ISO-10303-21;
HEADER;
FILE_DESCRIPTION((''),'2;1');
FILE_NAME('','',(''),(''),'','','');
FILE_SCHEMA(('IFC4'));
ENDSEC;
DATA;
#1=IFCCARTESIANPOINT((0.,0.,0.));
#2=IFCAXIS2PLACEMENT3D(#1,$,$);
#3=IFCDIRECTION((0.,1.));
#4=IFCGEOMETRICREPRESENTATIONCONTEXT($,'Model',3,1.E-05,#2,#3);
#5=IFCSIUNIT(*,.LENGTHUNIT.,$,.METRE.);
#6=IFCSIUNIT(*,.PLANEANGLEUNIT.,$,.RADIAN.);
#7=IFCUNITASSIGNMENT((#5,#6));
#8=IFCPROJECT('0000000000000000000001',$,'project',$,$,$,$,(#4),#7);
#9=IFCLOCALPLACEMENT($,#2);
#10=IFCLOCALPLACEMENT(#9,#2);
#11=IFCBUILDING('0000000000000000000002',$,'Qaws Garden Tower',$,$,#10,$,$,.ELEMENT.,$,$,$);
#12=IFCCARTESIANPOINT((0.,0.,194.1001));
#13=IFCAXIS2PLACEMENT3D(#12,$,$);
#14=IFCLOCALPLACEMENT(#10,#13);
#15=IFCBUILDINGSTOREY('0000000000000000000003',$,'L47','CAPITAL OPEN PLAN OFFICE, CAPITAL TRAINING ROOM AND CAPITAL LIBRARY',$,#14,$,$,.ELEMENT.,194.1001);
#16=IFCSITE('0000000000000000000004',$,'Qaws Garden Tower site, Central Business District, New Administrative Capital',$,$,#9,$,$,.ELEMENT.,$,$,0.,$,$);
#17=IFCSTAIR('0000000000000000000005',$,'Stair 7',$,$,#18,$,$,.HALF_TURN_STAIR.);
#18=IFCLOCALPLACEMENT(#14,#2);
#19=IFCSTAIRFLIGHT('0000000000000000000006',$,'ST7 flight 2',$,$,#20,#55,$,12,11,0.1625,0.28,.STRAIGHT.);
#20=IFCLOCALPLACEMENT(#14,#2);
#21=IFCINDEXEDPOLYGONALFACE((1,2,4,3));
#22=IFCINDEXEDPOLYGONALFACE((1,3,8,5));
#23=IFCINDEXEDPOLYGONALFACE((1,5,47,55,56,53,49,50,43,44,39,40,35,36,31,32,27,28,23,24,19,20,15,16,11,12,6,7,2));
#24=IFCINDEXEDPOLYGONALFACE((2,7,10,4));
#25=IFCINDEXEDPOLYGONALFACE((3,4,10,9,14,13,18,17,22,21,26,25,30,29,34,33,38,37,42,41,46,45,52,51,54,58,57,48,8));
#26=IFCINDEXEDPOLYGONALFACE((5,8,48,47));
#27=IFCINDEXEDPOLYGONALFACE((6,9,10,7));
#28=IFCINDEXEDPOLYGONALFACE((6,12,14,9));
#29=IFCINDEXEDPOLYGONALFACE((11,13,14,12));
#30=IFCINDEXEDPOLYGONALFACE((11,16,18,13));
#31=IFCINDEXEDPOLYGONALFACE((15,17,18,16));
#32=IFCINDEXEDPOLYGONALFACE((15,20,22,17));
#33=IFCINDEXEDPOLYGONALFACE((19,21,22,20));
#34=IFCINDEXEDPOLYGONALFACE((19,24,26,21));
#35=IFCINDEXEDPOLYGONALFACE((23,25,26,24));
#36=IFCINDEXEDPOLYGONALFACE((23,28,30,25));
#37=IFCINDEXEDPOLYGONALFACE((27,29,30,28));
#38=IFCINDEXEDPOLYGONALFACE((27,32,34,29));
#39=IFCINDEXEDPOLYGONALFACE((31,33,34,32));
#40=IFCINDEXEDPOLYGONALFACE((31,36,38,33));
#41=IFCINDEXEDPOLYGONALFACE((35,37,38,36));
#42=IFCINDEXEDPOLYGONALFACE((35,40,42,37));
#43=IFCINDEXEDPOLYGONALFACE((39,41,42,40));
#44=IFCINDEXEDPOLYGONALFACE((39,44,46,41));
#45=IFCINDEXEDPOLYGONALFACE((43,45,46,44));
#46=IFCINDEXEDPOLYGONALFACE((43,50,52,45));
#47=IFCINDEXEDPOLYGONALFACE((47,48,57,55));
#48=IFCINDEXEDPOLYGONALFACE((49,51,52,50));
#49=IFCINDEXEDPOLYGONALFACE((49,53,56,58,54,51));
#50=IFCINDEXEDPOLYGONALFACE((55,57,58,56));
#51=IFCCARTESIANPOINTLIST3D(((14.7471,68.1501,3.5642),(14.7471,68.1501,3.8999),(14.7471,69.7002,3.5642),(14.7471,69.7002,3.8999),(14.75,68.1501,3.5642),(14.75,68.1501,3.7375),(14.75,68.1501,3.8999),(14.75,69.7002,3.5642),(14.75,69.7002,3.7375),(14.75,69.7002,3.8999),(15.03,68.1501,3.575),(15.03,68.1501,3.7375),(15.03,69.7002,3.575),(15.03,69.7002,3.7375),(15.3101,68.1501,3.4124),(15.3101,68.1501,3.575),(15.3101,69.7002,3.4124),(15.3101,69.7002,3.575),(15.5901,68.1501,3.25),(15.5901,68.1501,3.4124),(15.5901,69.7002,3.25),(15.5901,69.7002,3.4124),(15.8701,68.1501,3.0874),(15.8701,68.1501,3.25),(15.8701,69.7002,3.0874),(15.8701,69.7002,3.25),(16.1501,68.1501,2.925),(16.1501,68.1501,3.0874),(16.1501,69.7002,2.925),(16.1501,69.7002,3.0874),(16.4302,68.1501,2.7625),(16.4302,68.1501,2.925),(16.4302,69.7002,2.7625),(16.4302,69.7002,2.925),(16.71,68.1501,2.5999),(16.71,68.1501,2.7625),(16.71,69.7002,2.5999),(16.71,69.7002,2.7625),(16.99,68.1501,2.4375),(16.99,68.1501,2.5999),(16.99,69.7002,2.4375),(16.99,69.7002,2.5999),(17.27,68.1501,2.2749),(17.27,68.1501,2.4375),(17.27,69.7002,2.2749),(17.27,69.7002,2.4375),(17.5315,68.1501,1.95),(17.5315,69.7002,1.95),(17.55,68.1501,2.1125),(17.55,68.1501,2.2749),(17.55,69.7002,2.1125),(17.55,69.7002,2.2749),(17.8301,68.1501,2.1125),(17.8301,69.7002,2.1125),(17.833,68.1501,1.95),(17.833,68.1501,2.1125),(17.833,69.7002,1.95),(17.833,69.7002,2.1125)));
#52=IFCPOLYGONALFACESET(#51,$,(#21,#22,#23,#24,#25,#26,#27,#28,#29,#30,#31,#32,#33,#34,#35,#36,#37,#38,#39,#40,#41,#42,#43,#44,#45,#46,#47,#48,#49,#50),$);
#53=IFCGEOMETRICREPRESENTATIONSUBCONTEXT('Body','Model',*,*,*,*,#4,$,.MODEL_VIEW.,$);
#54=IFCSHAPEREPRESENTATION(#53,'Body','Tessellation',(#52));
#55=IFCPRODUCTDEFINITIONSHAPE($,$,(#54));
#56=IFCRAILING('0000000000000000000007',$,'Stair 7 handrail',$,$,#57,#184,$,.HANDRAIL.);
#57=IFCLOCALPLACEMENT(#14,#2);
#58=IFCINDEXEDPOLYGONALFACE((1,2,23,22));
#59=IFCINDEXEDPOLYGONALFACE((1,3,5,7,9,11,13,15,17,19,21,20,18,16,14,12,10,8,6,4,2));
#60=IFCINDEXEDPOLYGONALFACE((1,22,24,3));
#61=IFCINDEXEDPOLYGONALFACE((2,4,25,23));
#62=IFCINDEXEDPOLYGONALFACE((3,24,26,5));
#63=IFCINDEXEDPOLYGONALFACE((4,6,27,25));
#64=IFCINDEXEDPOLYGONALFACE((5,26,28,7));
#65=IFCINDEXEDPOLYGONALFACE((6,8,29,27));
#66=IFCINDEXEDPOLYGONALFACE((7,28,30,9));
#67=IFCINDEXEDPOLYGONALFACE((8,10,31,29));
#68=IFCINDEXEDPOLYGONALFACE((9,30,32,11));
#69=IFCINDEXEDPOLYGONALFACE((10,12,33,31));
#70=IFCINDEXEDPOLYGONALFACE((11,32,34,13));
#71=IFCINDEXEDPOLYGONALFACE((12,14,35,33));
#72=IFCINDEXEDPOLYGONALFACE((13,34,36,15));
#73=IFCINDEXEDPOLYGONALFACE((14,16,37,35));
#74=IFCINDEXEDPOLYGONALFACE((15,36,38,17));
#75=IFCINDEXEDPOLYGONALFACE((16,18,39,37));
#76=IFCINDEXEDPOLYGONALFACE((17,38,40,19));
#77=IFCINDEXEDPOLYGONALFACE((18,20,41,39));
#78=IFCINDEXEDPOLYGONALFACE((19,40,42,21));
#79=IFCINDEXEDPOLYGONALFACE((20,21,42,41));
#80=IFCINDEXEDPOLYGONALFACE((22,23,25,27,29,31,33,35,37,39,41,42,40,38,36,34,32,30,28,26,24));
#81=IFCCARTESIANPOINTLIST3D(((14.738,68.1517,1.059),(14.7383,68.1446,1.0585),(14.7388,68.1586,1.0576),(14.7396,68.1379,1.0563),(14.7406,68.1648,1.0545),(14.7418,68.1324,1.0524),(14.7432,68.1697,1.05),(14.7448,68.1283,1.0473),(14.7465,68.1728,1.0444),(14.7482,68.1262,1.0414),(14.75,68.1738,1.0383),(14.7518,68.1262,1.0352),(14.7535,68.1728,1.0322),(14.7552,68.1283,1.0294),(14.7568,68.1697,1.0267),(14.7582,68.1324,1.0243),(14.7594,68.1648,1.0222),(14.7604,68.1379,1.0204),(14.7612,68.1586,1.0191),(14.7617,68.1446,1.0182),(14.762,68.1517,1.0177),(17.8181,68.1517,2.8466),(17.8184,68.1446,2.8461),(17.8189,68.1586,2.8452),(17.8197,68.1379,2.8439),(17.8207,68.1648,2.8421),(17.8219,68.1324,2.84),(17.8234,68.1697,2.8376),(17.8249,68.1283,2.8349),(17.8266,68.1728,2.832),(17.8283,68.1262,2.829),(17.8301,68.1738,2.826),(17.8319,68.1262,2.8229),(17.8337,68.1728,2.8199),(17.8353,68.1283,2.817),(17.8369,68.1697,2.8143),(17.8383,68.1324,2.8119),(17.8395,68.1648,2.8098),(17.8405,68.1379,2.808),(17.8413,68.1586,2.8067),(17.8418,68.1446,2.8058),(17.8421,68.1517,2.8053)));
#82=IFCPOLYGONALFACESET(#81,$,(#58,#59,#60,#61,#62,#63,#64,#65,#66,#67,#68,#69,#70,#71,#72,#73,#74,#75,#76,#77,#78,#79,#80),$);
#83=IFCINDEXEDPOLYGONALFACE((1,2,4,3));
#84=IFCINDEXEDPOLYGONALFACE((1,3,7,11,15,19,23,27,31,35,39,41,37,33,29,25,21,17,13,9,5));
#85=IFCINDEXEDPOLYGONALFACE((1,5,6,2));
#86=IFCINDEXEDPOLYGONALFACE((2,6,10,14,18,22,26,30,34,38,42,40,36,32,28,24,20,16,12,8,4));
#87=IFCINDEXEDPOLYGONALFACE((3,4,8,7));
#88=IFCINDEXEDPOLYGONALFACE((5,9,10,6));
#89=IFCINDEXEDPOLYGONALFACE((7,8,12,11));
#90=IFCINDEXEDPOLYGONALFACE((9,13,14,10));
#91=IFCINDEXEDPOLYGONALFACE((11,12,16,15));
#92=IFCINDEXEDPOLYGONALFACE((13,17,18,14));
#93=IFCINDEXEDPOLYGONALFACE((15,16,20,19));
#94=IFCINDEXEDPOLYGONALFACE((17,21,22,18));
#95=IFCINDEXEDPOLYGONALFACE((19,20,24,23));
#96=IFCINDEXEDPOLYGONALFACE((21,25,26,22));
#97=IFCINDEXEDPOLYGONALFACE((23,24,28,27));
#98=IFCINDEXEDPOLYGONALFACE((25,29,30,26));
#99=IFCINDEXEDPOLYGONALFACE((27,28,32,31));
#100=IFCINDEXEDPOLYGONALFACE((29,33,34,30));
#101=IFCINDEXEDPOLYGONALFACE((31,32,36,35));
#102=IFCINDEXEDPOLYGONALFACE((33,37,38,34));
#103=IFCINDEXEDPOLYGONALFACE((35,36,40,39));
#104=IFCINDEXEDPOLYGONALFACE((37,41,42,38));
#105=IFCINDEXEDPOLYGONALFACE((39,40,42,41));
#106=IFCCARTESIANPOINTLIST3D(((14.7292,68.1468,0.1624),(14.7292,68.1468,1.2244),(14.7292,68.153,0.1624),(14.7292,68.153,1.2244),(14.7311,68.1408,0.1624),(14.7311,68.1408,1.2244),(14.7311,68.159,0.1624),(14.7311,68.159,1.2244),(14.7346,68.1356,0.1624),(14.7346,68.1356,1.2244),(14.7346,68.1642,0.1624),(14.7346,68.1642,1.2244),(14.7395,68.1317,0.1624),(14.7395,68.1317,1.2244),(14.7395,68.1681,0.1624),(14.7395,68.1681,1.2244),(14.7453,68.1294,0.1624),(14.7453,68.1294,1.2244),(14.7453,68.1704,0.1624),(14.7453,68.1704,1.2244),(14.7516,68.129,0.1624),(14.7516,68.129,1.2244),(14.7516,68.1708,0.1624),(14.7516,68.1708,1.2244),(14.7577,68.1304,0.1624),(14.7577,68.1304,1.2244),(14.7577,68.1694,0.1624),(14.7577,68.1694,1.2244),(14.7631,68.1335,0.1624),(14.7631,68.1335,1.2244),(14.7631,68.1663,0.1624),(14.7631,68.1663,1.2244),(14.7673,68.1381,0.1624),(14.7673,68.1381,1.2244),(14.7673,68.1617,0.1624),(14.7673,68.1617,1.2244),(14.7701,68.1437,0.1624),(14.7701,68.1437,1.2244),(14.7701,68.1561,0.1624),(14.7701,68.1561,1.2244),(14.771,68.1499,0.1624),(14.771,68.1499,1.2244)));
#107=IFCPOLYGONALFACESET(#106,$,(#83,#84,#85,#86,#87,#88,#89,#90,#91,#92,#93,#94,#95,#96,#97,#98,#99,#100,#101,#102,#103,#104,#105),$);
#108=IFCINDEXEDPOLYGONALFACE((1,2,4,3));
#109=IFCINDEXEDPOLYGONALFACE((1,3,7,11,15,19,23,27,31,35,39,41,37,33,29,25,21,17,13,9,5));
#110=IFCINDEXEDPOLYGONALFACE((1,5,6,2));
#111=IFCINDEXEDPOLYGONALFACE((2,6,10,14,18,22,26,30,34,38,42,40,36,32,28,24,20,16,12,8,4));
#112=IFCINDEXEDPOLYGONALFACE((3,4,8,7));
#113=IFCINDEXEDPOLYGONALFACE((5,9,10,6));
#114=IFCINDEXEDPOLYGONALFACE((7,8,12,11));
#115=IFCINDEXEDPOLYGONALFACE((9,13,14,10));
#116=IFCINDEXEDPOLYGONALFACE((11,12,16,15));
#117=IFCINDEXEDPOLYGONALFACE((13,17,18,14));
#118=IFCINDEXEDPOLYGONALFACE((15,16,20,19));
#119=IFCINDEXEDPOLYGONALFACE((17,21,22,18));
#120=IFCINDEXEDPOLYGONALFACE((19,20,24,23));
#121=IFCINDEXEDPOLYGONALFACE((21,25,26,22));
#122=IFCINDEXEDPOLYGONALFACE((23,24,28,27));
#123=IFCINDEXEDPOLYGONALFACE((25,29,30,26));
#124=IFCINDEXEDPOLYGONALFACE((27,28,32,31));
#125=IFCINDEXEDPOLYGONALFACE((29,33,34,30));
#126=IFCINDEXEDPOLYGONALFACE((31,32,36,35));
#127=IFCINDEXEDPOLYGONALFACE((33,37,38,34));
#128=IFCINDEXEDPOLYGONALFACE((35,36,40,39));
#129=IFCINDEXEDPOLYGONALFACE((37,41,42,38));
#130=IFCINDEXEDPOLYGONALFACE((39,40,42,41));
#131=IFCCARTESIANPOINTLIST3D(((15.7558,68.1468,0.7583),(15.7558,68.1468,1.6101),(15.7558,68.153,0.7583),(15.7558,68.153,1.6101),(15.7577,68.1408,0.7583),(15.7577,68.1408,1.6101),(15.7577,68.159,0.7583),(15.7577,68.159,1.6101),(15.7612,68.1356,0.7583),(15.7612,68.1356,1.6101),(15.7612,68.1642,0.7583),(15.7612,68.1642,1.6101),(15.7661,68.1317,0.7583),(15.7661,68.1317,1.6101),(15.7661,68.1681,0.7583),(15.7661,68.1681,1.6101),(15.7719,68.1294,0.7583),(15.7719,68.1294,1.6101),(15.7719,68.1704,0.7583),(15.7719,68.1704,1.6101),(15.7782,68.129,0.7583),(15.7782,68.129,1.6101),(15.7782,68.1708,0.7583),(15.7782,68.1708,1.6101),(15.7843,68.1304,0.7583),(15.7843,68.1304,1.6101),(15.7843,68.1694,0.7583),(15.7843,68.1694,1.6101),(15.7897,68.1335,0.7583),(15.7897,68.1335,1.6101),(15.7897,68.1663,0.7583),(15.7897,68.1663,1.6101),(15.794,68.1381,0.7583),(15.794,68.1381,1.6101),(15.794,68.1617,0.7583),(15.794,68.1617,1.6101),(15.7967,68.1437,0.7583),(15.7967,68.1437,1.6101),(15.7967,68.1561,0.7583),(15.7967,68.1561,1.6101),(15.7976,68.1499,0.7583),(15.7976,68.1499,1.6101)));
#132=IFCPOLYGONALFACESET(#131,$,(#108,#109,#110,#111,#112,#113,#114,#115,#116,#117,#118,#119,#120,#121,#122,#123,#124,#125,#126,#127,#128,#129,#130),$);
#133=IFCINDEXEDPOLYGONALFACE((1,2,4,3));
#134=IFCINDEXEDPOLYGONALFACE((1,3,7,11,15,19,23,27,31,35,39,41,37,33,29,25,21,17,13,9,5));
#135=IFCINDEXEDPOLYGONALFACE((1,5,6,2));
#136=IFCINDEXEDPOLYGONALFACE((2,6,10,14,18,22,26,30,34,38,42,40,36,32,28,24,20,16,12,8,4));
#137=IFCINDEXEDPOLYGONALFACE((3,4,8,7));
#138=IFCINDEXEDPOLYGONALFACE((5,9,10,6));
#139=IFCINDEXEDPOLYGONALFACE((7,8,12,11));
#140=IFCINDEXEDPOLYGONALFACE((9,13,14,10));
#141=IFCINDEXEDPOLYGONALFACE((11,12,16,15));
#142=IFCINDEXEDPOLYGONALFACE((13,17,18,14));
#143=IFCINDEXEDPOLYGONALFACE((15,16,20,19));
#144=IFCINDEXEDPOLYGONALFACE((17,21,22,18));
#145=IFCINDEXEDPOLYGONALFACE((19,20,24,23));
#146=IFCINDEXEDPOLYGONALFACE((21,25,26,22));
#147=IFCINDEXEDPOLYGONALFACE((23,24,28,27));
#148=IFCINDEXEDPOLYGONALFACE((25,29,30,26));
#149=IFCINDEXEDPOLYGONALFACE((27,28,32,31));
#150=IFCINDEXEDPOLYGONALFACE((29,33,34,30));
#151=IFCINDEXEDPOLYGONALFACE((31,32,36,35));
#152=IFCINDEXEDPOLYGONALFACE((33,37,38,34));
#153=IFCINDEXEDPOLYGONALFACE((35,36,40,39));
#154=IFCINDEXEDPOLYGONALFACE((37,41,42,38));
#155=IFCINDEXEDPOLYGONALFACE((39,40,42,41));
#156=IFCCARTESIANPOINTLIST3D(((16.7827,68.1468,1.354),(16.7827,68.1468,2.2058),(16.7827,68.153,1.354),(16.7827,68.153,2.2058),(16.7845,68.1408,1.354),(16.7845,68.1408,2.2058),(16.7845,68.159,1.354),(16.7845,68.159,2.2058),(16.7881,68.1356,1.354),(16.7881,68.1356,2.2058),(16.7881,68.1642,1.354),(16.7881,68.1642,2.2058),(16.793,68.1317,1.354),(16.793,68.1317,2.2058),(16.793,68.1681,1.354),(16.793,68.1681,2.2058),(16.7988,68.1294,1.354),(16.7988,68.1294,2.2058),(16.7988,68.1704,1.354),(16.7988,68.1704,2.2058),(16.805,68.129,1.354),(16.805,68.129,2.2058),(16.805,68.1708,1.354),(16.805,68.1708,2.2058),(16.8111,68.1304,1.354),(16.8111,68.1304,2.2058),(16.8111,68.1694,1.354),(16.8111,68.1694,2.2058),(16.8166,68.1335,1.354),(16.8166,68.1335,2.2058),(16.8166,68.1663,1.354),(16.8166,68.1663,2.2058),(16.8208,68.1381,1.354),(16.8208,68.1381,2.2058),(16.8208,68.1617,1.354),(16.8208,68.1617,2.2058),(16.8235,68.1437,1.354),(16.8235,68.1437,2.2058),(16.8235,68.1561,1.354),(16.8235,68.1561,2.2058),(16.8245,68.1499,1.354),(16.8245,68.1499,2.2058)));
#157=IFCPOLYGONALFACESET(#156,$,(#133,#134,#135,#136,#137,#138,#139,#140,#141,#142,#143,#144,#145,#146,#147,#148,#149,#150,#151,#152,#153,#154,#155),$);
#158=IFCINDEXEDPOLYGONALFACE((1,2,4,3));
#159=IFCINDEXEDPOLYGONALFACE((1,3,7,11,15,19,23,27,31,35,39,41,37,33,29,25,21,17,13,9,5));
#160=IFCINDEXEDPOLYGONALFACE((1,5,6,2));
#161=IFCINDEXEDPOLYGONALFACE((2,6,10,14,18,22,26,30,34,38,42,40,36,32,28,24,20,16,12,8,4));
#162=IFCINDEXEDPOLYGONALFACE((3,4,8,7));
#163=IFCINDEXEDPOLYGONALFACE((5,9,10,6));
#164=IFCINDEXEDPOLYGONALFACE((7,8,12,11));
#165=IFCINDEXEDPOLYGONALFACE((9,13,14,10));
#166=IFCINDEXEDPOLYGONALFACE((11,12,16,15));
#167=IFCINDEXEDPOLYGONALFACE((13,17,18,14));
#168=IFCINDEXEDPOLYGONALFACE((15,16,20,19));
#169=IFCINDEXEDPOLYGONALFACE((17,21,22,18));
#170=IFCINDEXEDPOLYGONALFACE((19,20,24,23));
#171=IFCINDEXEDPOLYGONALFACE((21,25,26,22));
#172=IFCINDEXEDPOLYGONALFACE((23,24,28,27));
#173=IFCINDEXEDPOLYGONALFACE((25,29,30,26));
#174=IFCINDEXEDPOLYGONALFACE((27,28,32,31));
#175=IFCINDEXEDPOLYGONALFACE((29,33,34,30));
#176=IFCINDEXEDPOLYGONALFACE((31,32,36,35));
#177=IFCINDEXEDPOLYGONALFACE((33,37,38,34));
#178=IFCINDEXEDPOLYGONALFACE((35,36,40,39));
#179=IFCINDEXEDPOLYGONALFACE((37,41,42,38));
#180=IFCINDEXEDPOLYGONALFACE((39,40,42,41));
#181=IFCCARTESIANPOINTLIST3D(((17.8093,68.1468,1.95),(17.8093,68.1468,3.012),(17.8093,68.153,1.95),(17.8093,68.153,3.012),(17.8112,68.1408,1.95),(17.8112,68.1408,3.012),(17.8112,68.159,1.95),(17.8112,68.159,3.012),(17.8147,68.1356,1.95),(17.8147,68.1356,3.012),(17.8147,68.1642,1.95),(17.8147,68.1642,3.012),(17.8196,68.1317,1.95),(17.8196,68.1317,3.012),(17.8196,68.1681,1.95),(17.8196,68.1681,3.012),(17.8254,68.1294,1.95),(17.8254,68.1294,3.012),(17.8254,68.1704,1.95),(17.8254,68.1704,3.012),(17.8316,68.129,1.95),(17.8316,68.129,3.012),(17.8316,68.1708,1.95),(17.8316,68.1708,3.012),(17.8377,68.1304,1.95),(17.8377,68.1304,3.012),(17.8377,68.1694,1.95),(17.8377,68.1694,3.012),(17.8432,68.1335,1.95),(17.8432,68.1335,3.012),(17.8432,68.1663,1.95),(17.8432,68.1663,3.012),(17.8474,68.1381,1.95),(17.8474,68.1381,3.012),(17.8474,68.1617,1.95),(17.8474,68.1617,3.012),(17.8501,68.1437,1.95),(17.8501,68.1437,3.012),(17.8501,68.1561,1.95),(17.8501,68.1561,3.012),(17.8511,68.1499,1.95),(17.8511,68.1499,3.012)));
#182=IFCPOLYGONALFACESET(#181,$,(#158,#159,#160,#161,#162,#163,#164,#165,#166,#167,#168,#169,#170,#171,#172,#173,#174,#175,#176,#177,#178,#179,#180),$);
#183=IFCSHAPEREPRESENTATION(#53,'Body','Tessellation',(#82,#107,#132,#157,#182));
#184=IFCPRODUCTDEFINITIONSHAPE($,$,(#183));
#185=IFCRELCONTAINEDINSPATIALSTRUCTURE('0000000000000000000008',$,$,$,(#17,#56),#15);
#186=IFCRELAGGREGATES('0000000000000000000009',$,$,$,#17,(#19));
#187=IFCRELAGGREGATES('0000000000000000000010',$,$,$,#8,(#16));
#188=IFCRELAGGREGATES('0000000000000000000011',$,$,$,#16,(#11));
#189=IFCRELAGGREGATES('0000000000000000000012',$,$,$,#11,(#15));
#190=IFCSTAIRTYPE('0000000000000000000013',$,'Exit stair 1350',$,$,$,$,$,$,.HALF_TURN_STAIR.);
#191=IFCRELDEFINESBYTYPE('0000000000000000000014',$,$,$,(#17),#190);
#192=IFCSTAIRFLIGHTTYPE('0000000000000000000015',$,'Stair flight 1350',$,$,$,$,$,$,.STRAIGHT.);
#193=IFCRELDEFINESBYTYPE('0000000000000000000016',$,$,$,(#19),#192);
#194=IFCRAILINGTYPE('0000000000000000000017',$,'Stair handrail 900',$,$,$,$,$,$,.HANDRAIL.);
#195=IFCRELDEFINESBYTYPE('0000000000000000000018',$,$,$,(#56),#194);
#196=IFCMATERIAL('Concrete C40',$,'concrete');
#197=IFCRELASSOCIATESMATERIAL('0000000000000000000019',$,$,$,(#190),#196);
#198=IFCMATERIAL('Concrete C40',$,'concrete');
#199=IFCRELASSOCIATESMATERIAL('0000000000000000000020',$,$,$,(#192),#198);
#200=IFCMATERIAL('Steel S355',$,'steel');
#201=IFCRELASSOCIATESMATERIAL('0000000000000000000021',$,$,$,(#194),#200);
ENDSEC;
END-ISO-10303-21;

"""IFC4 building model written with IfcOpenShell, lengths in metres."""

from ifc_helpers import new_model, si_unit, direction, frame, origin, origin_2d, place, context, subcontext, project, spatial, polyline, circle, outline, extrude, material, type_object, element, aggregate, save


model = new_model("IFC4")

# Units and contexts
model_context = context("Model", 3, precision=1e-05, world=origin(), true_north=direction((0.0, 1.0)))
body_context = subcontext(model_context, "Body", "Model", "MODEL_VIEW")
ifc_project = project(units=[si_unit("LENGTHUNIT", "METRE"), si_unit("PLANEANGLEUNIT", "RADIAN")], contexts=[model_context])

# Site, building, storey
site_placement = place(None, origin())
site = spatial("IfcSite", under=ifc_project, at=site_placement, Name="Qaws Garden Tower site, Central Business District, New Administrative Capital", CompositionType="ELEMENT", RefElevation=0.0)
building_placement = place(site_placement, origin())
building = spatial("IfcBuilding", under=site, at=building_placement, Name="Qaws Garden Tower", CompositionType="ELEMENT")
storey_placement = place(building_placement, frame((0.0, 0.0, 194.1001)))
storey = spatial("IfcBuildingStorey", under=building, at=storey_placement, Name="L47", Description="CAPITAL OPEN PLAN OFFICE, CAPITAL TRAINING ROOM AND CAPITAL LIBRARY", CompositionType="ELEMENT", Elevation=194.1001)

# Stair, stair flight
ifc_material_1 = material(Name="Concrete C40", Category="concrete")
stair_type = type_object("IfcStairType", Name="Exit stair 1350", PredefinedType="HALF_TURN_STAIR", material=ifc_material_1)
stair_placement = place(storey_placement, origin())
stair = element("IfcStair", 1, at=stair_placement, inside=storey, type_object=stair_type, Name="Stair 7", PredefinedType="HALF_TURN_STAIR")
ifc_material_2 = material(Name="Concrete C40", Category="concrete")
stair_flight_type = type_object("IfcStairFlightType", Name="Stair flight 1350", PredefinedType="STRAIGHT", material=ifc_material_2)
stair_flight_placement = place(storey_placement, frame((17.8301, 68.925, 1.95), z_axis=(0.0, 0.0, 1.0), x_axis=(-1.0, 0.0, 0.0)))
stair_flight = element("IfcStairFlight", 2, at=stair_flight_placement, type_object=stair_flight_type, Name="ST7 flight 2", NumberOfRisers=12, NumberOfTreads=11, PredefinedType="STRAIGHT", RiserHeight=0.1625, TreadLength=0.28, context=body_context, shape_type="SweptSolid", body=[
    extrude(outline(polyline([(-0.0029, 0.0), (-0.0029, 0.1626), (0.0, 0.1626), (0.28, 0.1626), (0.28, 0.325), (0.5601, 0.325), (0.5601, 0.4875), (0.8401, 0.4875), (0.8401, 0.6499), (1.1201, 0.6499), (1.1201, 0.8125), (1.3999, 0.8125), (1.3999, 0.9751), (1.6799, 0.9751), (1.6799, 1.1375), (1.96, 1.1375), (1.96, 1.3), (2.24, 1.3), (2.24, 1.4624), (2.52, 1.4624), (2.52, 1.625), (2.8, 1.625), (2.8, 1.7876), (3.0801, 1.7876), (3.0801, 1.95), (3.083, 1.95), (3.083, 1.6143), (3.0801, 1.6143), (0.2986, 0.0), (-0.0029, 0.0)])), frame((0.0, 0.7749, 0.0), z_axis=(0.0, -1.0, 0.0), x_axis=(1.0, 0.0, 0.0)), (0.0, 0.0, 1.0), 1.55),
])
aggregate(stair, [stair_flight])

# Railing
ifc_material_3 = material(Name="Steel S355", Category="steel")
railing_type = type_object("IfcRailingType", Name="Stair handrail 900", PredefinedType="HANDRAIL", material=ifc_material_3)
railing_1_placement = place(storey_placement, frame((14.75, 68.1499, 0.1624)))
element("IfcRailing", 3, at=railing_1_placement, inside=storey, type_object=railing_type, Name="Stair 7 handrail", PredefinedType="HANDRAIL", context=body_context, shape_type="SweptSolid", body=[
    extrude(circle(Radius=0.0239, at=origin_2d()), frame((0.0, 0.0, 0.876), z_axis=(0.864891, 0.0, 0.50196), x_axis=(0.0, 1.0, 0.0)), (0.0, 0.0, 1.0), 3.5613),
    extrude(circle(Radius=0.021, at=origin_2d()), origin(), (0.0, 0.0, 1.0), 1.062),
    extrude(circle(Radius=0.021, at=origin_2d()), frame((1.0266, 0.0, 0.5959)), (0.0, 0.0, 1.0), 0.8518),
    extrude(circle(Radius=0.021, at=origin_2d()), frame((2.0535, 0.0, 1.1917)), (0.0, 0.0, 1.0), 0.8518),
    extrude(circle(Radius=0.021, at=origin_2d()), frame((3.0801, 0.0, 1.7876)), (0.0, 0.0, 1.0), 1.062),
])

save(model, "model.ifc")
